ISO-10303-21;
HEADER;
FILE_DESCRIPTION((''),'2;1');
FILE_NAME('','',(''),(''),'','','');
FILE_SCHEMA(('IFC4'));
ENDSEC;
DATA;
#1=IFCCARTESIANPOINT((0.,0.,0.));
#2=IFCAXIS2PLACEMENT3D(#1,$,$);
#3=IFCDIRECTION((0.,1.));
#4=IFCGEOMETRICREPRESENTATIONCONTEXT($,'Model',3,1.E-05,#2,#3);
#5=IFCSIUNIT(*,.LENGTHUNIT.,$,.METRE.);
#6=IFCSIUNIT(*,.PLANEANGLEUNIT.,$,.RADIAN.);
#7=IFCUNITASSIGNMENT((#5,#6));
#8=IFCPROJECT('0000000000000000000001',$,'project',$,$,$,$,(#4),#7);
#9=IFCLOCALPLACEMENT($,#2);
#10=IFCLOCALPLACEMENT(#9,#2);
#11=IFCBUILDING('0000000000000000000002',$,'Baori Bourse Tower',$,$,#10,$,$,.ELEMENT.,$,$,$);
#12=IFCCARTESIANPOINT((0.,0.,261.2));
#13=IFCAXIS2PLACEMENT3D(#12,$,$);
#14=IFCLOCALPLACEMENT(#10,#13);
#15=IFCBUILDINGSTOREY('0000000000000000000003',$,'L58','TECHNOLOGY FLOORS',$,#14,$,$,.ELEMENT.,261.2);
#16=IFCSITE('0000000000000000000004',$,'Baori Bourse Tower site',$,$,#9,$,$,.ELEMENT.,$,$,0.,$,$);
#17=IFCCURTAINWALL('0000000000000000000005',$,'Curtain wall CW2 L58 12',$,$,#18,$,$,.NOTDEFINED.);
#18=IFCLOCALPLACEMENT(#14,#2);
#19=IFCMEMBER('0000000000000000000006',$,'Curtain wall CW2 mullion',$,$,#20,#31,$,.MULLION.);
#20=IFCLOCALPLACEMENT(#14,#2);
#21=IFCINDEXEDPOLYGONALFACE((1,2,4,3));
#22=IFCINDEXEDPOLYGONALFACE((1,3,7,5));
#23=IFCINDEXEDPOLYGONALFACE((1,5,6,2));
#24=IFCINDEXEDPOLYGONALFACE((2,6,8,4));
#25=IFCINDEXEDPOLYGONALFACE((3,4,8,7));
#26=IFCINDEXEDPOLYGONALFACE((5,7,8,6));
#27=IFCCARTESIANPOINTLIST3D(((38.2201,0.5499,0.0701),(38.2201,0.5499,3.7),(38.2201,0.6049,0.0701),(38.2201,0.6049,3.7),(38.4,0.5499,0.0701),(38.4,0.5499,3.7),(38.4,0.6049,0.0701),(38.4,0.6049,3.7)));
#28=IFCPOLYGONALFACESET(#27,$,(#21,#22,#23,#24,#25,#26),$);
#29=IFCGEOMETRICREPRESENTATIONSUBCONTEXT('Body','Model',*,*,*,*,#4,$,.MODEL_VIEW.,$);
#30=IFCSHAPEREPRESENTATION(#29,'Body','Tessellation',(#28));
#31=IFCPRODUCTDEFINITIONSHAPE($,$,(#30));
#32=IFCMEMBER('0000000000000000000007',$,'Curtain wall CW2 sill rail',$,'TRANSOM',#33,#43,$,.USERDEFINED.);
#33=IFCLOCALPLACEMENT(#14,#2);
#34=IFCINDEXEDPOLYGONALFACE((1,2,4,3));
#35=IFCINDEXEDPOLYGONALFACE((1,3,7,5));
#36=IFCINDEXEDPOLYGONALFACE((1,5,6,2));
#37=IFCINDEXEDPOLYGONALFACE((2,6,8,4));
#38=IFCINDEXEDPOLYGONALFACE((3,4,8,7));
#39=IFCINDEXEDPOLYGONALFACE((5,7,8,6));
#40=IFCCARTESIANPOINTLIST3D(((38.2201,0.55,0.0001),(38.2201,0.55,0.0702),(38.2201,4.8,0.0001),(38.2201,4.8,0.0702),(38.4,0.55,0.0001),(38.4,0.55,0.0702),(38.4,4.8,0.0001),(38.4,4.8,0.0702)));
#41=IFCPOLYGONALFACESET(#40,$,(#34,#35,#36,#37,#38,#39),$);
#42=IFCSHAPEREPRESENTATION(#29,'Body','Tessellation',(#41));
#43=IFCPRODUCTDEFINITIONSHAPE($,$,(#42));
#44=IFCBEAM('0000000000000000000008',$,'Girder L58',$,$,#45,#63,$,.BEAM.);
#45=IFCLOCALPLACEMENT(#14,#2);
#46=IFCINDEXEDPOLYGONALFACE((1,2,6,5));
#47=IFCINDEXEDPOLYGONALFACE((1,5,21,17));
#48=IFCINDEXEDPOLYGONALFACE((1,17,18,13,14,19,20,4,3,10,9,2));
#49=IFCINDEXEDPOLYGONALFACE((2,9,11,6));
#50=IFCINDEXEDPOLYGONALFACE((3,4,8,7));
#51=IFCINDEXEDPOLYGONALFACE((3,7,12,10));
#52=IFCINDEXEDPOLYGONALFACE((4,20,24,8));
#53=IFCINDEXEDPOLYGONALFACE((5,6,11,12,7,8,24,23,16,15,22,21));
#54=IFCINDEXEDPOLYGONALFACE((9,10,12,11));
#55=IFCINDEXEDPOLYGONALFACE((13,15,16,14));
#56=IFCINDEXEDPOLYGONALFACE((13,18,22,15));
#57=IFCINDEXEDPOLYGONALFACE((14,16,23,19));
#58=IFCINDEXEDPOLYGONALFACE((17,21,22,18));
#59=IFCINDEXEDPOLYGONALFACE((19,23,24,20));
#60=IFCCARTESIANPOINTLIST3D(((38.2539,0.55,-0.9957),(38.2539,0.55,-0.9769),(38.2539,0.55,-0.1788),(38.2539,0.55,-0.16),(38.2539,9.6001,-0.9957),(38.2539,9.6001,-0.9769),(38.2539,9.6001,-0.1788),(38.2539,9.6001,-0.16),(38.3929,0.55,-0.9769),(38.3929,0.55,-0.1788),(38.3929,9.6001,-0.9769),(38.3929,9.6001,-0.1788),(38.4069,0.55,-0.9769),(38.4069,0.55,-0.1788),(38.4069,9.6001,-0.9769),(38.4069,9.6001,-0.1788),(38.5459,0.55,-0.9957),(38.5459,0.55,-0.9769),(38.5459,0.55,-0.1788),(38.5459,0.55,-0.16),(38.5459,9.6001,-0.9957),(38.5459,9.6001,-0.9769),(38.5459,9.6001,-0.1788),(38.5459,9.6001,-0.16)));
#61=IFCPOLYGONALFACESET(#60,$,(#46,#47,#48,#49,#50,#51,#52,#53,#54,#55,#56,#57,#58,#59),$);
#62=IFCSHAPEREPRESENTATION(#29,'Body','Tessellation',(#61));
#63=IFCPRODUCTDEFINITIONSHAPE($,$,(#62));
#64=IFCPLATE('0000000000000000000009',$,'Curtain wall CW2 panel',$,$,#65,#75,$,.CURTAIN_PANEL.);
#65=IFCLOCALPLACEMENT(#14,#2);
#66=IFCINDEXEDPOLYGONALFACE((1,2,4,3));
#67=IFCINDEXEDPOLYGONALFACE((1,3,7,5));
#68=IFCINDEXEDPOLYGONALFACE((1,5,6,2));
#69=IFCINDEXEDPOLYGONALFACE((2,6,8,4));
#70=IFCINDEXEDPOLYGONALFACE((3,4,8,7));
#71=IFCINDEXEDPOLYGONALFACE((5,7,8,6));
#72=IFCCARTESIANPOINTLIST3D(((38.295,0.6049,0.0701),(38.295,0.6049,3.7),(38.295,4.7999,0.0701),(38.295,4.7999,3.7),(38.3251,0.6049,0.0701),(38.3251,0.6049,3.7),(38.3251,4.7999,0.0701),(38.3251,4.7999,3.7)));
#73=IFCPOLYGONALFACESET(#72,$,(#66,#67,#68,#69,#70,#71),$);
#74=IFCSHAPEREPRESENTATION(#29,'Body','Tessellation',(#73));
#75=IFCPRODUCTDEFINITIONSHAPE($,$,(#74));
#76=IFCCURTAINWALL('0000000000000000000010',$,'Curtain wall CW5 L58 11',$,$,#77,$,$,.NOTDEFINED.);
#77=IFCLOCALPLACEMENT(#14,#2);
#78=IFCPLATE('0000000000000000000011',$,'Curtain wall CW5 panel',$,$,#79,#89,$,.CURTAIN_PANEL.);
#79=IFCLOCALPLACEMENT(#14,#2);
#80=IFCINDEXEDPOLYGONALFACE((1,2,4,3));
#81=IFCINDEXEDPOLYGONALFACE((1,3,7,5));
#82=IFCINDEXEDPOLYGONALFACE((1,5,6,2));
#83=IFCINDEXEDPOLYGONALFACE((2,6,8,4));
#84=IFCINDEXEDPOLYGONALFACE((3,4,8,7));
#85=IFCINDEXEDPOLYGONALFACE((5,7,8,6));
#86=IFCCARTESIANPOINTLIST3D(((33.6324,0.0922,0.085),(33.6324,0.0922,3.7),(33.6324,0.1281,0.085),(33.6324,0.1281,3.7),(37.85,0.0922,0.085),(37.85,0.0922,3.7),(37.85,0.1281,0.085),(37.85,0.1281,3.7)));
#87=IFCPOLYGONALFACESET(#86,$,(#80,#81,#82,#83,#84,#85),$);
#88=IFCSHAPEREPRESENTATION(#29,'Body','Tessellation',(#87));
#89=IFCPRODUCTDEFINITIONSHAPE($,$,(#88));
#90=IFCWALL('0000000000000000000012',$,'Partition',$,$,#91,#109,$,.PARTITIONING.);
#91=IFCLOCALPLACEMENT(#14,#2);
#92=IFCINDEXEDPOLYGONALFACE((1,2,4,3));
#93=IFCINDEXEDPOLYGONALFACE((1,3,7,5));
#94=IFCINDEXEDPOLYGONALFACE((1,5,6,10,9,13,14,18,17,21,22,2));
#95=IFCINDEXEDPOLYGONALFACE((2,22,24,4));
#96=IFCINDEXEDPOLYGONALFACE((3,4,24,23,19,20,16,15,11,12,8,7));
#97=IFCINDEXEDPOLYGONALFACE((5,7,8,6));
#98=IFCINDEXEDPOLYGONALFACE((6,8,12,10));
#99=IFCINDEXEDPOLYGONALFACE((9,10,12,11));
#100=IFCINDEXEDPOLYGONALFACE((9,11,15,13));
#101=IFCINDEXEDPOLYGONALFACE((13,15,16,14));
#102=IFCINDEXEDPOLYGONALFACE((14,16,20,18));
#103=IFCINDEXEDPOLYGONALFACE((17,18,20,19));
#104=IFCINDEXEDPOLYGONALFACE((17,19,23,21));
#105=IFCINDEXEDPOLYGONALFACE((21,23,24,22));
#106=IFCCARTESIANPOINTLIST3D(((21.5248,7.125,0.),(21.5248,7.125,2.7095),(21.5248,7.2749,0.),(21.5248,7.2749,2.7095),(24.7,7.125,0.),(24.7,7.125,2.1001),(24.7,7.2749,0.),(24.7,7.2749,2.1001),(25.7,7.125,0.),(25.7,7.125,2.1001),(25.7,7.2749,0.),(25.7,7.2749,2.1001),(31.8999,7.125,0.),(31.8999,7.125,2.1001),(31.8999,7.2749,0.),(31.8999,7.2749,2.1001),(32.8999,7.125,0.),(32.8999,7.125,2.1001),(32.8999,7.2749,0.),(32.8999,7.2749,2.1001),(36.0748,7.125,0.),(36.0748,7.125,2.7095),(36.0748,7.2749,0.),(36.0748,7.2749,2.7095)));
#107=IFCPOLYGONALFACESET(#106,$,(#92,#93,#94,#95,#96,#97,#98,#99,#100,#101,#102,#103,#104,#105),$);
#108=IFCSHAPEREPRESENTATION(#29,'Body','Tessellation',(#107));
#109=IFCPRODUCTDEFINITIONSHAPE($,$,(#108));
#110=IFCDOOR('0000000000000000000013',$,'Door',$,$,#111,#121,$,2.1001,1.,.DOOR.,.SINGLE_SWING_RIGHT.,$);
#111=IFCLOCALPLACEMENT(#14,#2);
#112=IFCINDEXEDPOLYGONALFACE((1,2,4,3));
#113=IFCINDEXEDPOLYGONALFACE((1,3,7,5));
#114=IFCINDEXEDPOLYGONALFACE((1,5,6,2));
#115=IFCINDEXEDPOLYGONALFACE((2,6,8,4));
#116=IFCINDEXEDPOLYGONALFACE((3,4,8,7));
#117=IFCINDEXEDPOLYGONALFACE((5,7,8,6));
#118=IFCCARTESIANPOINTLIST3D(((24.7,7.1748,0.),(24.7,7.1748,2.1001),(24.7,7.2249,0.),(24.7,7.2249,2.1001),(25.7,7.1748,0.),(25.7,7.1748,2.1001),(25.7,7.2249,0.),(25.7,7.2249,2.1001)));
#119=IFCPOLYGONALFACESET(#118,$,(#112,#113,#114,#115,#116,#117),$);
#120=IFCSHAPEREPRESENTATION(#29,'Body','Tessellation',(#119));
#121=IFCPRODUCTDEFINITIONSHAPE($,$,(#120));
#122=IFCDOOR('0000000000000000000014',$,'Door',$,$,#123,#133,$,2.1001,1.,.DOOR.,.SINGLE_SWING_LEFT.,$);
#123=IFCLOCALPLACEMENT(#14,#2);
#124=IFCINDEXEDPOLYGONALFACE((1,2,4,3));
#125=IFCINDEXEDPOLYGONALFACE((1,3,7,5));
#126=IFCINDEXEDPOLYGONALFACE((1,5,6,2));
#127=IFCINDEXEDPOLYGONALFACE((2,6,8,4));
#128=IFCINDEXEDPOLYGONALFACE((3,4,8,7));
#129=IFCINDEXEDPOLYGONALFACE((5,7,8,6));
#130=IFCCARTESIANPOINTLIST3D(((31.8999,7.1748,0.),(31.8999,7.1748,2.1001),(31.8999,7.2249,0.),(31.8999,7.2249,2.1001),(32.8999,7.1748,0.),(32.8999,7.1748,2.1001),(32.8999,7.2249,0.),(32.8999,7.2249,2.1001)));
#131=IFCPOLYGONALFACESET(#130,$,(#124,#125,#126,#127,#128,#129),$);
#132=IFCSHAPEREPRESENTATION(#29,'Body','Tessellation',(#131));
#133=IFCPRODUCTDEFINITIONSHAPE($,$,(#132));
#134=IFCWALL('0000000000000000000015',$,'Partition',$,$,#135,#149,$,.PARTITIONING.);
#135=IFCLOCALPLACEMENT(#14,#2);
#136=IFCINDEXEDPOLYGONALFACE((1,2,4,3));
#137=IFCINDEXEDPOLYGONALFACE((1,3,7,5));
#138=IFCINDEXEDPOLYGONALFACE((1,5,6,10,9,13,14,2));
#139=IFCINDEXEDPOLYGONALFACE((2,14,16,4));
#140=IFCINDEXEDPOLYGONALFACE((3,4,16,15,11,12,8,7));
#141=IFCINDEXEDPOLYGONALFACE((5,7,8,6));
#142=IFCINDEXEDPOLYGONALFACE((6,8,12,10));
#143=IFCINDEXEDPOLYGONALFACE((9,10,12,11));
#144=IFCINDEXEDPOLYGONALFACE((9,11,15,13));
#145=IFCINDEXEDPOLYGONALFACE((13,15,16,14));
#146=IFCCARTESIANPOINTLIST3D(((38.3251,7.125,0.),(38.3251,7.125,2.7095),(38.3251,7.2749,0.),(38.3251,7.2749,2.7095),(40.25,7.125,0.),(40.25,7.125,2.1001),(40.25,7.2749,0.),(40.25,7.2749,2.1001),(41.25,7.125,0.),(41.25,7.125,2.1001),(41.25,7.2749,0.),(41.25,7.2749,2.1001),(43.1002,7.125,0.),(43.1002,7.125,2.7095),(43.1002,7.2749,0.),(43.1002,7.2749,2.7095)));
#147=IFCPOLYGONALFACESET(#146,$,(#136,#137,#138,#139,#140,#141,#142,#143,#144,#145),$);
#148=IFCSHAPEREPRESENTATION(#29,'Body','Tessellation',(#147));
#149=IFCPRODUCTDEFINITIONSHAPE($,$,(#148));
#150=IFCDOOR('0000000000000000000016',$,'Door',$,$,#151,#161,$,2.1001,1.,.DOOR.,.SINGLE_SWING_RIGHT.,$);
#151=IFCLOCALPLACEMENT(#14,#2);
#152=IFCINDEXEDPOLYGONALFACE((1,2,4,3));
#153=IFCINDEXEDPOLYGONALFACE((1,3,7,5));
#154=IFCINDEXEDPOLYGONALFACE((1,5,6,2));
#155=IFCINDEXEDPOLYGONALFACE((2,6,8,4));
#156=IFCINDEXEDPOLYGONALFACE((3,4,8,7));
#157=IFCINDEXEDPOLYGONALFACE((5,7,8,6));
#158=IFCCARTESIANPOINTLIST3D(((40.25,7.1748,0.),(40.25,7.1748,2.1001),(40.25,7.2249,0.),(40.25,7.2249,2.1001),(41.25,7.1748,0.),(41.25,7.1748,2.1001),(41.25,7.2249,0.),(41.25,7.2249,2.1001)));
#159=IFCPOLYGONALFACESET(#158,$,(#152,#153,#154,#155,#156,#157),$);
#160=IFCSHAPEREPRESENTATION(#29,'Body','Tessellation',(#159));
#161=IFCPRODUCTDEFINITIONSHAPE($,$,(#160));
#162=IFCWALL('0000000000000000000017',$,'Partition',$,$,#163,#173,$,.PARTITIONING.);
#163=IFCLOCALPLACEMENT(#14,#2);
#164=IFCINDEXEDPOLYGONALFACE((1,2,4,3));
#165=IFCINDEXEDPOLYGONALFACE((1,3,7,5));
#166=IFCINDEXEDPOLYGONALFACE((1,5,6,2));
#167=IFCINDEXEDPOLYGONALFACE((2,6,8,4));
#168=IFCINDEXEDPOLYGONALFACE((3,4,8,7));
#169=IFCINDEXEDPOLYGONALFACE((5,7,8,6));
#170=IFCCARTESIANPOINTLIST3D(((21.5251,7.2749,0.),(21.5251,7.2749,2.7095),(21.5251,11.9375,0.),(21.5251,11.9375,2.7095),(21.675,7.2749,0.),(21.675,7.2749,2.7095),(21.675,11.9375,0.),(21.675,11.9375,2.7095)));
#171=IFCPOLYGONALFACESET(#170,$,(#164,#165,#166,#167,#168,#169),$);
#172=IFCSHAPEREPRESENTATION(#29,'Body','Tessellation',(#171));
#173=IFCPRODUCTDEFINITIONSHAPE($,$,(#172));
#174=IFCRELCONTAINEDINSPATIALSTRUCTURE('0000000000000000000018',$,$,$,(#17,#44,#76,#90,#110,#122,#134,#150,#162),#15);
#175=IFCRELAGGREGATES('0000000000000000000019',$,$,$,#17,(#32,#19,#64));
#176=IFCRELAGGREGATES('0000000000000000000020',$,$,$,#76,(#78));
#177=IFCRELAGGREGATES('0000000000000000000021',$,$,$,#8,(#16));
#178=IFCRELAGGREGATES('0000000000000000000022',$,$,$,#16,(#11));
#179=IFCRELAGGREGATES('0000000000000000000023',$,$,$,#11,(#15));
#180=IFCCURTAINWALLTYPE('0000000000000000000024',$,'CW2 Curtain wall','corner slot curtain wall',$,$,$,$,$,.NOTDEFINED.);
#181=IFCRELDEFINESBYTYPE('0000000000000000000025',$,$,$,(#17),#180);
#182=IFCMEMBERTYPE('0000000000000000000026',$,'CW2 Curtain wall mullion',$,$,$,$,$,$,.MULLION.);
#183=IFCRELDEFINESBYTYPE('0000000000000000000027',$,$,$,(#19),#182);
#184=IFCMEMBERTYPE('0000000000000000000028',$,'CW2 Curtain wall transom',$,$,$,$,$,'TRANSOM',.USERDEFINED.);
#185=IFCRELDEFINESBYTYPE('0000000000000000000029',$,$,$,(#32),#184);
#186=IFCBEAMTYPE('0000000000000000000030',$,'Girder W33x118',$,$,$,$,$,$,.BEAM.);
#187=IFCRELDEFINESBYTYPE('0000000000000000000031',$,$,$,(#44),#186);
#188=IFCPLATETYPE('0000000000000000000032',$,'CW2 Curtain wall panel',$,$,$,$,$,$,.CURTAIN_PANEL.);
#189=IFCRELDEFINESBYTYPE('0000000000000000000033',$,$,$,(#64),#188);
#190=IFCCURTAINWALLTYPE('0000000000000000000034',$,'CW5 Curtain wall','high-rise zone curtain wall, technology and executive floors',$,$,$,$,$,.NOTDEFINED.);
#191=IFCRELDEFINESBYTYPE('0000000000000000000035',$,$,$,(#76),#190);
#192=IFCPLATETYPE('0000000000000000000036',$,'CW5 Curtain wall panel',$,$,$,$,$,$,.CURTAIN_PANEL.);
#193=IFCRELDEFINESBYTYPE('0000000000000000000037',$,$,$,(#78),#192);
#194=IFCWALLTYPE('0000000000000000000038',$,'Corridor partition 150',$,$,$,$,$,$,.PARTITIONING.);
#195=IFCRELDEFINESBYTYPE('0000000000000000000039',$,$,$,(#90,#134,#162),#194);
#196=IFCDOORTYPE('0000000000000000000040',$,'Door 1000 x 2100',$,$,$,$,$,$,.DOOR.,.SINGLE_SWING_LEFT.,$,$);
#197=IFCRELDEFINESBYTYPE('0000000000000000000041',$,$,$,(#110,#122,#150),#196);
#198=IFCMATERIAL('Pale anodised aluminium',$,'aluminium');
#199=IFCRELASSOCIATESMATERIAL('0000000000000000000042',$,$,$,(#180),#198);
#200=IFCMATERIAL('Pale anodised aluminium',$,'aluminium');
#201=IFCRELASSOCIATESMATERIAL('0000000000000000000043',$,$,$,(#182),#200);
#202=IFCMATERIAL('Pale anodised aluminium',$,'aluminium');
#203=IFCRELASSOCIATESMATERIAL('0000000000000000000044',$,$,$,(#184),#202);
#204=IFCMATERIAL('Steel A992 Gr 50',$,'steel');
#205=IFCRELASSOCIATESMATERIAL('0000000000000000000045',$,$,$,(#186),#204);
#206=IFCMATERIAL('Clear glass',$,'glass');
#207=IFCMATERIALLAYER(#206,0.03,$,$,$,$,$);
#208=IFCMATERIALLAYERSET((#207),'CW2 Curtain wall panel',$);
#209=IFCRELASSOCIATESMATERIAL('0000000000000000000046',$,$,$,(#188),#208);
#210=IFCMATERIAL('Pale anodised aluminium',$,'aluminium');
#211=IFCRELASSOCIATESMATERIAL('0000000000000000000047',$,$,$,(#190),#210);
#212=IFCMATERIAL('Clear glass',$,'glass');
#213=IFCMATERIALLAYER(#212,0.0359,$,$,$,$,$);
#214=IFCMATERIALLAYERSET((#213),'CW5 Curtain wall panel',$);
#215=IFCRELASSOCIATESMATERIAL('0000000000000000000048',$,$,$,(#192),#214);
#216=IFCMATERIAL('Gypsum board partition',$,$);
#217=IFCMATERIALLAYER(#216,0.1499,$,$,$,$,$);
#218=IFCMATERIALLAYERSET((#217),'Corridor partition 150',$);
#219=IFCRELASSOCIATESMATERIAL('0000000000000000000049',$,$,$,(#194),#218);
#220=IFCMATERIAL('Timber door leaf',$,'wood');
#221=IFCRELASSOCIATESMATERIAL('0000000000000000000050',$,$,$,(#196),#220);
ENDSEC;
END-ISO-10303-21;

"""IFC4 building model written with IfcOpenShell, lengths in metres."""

from ifc_helpers import new_model, si_unit, direction, frame, frame_2d, origin, origin_2d, place, context, subcontext, project, spatial, rectangle, i_section, extrude, material, layer, layer_set, material_profile, profile_set, type_object, element, fill, aggregate, save


model = new_model("IFC4")

# Units and contexts
model_context = context("Model", 3, precision=1e-05, world=origin(), true_north=direction((0.0, 1.0)))
body_context = subcontext(model_context, "Body", "Model", "MODEL_VIEW")
ifc_project = project(units=[si_unit("LENGTHUNIT", "METRE"), si_unit("PLANEANGLEUNIT", "RADIAN")], contexts=[model_context])

# Site, building, storey
site_placement = place(None, origin())
site = spatial("IfcSite", under=ifc_project, at=site_placement, Name="Baori Bourse Tower site", CompositionType="ELEMENT", RefElevation=0.0)
building_placement = place(site_placement, origin())
building = spatial("IfcBuilding", under=site, at=building_placement, Name="Baori Bourse Tower", CompositionType="ELEMENT")
storey_placement = place(building_placement, frame((0.0, 0.0, 261.2)))
storey = spatial("IfcBuildingStorey", under=building, at=storey_placement, Name="L58", Description="TECHNOLOGY FLOORS", CompositionType="ELEMENT", Elevation=261.2)

# Curtain wall, members
ifc_material_1 = material(Name="Pale anodised aluminium", Category="aluminium")
curtain_wall_type_1 = type_object("IfcCurtainWallType", Name="CW2 Curtain wall", Description="corner slot curtain wall", PredefinedType="NOTDEFINED", material=ifc_material_1)
curtain_wall_1_placement = place(storey_placement, origin())
curtain_wall_1 = element("IfcCurtainWall", 1, at=curtain_wall_1_placement, inside=storey, type_object=curtain_wall_type_1, Name="Curtain wall CW2 L58 12", PredefinedType="NOTDEFINED")
ifc_material_2 = material(Name="Pale anodised aluminium", Category="aluminium")
ifc_material_profile_1 = material_profile(ifc_material_2, rectangle(XDim=0.1799, YDim=0.0549, at=origin_2d()), Name="Mullion 55x180")
ifc_profile_set_1 = profile_set([ifc_material_profile_1], Name="Pale anodised aluminium")
member_type_1 = type_object("IfcMemberType", Name="CW2 Curtain wall mullion", PredefinedType="MULLION", material=ifc_profile_set_1)
member_1_placement = place(storey_placement, frame((38.3101, 0.5774, 0.0701), z_axis=(0.0, 0.0, 1.0), x_axis=(-1.0, 0.0, 0.0)))
member_1 = element("IfcMember", 2, at=member_1_placement, type_object=member_type_1, Name="Curtain wall CW2 mullion", PredefinedType="MULLION", context=body_context, shape_type="SweptSolid", body=[
    extrude(rectangle(XDim=0.1799, YDim=0.0549, at=origin_2d()), origin(), (0.0, 0.0, 1.0), 3.6299),
])
ifc_material_3 = material(Name="Pale anodised aluminium", Category="aluminium")
ifc_material_profile_2 = material_profile(ifc_material_3, rectangle(XDim=0.1799, YDim=0.0701, at=origin_2d()), Name="Transom 70x180")
ifc_profile_set_2 = profile_set([ifc_material_profile_2], Name="Pale anodised aluminium")
member_type_2 = type_object("IfcMemberType", Name="CW2 Curtain wall transom", ElementType="TRANSOM", PredefinedType="USERDEFINED", material=ifc_profile_set_2)
member_2_placement = place(storey_placement, frame((38.3101, 0.55, 0.0352), z_axis=(0.0, 1.0, 0.0), x_axis=(-1.0, 0.0, 0.0)))
member_2 = element("IfcMember", 3, at=member_2_placement, type_object=member_type_2, Name="Curtain wall CW2 sill rail", ObjectType="TRANSOM", PredefinedType="USERDEFINED", context=body_context, shape_type="SweptSolid", body=[
    extrude(rectangle(XDim=0.1799, YDim=0.0701, at=origin_2d()), origin(), (0.0, 0.0, 1.0), 4.25),
])

# Beam
ifc_material_4 = material(Name="Steel A992 Gr 50", Category="steel")
ifc_material_profile_3 = material_profile(ifc_material_4, i_section(OverallWidth=0.292, OverallDepth=0.8357, WebThickness=0.0139, FlangeThickness=0.0188, at=origin_2d()), Name="W33x118")
ifc_profile_set_3 = profile_set([ifc_material_profile_3], Name="Steel A992 Gr 50")
beam_type = type_object("IfcBeamType", Name="Girder W33x118", PredefinedType="BEAM", material=ifc_profile_set_3)
beam_placement = place(storey_placement, frame((38.3999, 0.55, -0.5779), z_axis=(0.0, 1.0, 0.0), x_axis=(-1.0, 0.0, 0.0)))
element("IfcBeam", 4, at=beam_placement, inside=storey, type_object=beam_type, Name="Girder L58", PredefinedType="BEAM", context=body_context, shape_type="SweptSolid", body=[
    extrude(i_section(OverallWidth=0.292, OverallDepth=0.8357, WebThickness=0.0139, FlangeThickness=0.0188, at=origin_2d()), origin(), (0.0, 0.0, 1.0), 9.05),
])

# Plate
ifc_material_5 = material(Name="Clear glass", Category="glass")
ifc_layer_1 = layer(ifc_material_5, 0.03)
ifc_layer_set_1 = layer_set([ifc_layer_1], Name="CW2 Curtain wall panel")
plate_type_1 = type_object("IfcPlateType", Name="CW2 Curtain wall panel", PredefinedType="CURTAIN_PANEL", material=ifc_layer_set_1)
plate_1_placement = place(storey_placement, frame((38.3101, 2.7024, 0.0701), z_axis=(0.0, 0.0, 1.0), x_axis=(0.0, 1.0, 0.0)))
plate_1 = element("IfcPlate", 5, at=plate_1_placement, type_object=plate_type_1, Name="Curtain wall CW2 panel", PredefinedType="CURTAIN_PANEL", context=body_context, shape_type="SweptSolid", body=[
    extrude(rectangle(XDim=4.1951, YDim=0.03, at=origin_2d()), origin(), (0.0, 0.0, 1.0), 3.6299),
])
aggregate(curtain_wall_1, [member_2, member_1, plate_1])

# Curtain wall, plate
ifc_material_6 = material(Name="Pale anodised aluminium", Category="aluminium")
curtain_wall_type_2 = type_object("IfcCurtainWallType", Name="CW5 Curtain wall", Description="high-rise zone curtain wall, technology and executive floors", PredefinedType="NOTDEFINED", material=ifc_material_6)
curtain_wall_2_placement = place(storey_placement, origin())
curtain_wall_2 = element("IfcCurtainWall", 6, at=curtain_wall_2_placement, inside=storey, type_object=curtain_wall_type_2, Name="Curtain wall CW5 L58 11", PredefinedType="NOTDEFINED")
ifc_material_7 = material(Name="Clear glass", Category="glass")
ifc_layer_2 = layer(ifc_material_7, 0.0359)
ifc_layer_set_2 = layer_set([ifc_layer_2], Name="CW5 Curtain wall panel")
plate_type_2 = type_object("IfcPlateType", Name="CW5 Curtain wall panel", PredefinedType="CURTAIN_PANEL", material=ifc_layer_set_2)
plate_2_placement = place(storey_placement, frame((35.7412, 0.1101, 0.085), z_axis=(0.0, 0.0, 1.0), x_axis=(1.0, 0.0, 0.0)))
plate_2 = element("IfcPlate", 7, at=plate_2_placement, type_object=plate_type_2, Name="Curtain wall CW5 panel", PredefinedType="CURTAIN_PANEL", context=body_context, shape_type="SweptSolid", body=[
    extrude(rectangle(XDim=4.2175, YDim=0.0359, at=origin_2d()), origin(), (0.0, 0.0, 1.0), 3.615),
])
aggregate(curtain_wall_2, [plate_2])

# Wall, openings, doors
ifc_material_8 = material(Name="Gypsum board partition")
ifc_layer_3 = layer(ifc_material_8, 0.1499)
ifc_layer_set_3 = layer_set([ifc_layer_3], Name="Corridor partition 150")
wall_type_1 = type_object("IfcWallType", Name="Corridor partition 150", PredefinedType="PARTITIONING", material=ifc_layer_set_3)
wall_1_placement = place(storey_placement, frame((21.5249, 7.2, 0.0), z_axis=(0.0, 0.0, 1.0), x_axis=(1.0, 0.0, 0.0)))
wall_1 = element("IfcWall", 8, at=wall_1_placement, inside=storey, type_object=wall_type_1, Name="Partition", PredefinedType="PARTITIONING", context=body_context, shape_type="SweptSolid", body=[
    extrude(rectangle(XDim=14.55, YDim=0.1499, at=frame_2d((7.2749, 0.0))), origin(), (0.0, 0.0, 1.0), 2.7095),
])
opening_1_placement = place(wall_1_placement, frame((3.175, 0.0, 0.0)))
opening_1 = element("IfcOpeningElement", 9, at=opening_1_placement, cuts=wall_1, PredefinedType="OPENING", context=body_context, shape_type="SweptSolid", body=[
    extrude(rectangle(XDim=1.0, YDim=2.1001, at=frame_2d((0.5, 1.05))), frame((0.0, 0.085, 0.0), z_axis=(0.0, -1.0, 0.0), x_axis=(1.0, 0.0, 0.0)), (0.0, 0.0, 1.0), 0.1699),
])
opening_2_placement = place(wall_1_placement, frame((10.375, 0.0, 0.0)))
opening_2 = element("IfcOpeningElement", 10, at=opening_2_placement, cuts=wall_1, PredefinedType="OPENING", context=body_context, shape_type="SweptSolid", body=[
    extrude(rectangle(XDim=1.0, YDim=2.1001, at=frame_2d((0.5, 1.05))), frame((0.0, 0.085, 0.0), z_axis=(0.0, -1.0, 0.0), x_axis=(1.0, 0.0, 0.0)), (0.0, 0.0, 1.0), 0.1699),
])
ifc_material_9 = material(Name="Timber door leaf", Category="wood")
door_type = type_object("IfcDoorType", Name="Door 1000 x 2100", OperationType="SINGLE_SWING_LEFT", PredefinedType="DOOR", material=ifc_material_9)
door_1_placement = place(opening_1_placement, origin())
door_1 = element("IfcDoor", 11, at=door_1_placement, inside=storey, type_object=door_type, Name="Door", OperationType="SINGLE_SWING_RIGHT", OverallHeight=2.1001, OverallWidth=1.0, PredefinedType="DOOR", context=body_context, shape_type="SweptSolid", body=[
    extrude(rectangle(XDim=1.0, YDim=2.1001, at=frame_2d((0.5, 1.05))), frame((0.0, 0.0249, 0.0), z_axis=(0.0, -1.0, 0.0), x_axis=(1.0, 0.0, 0.0)), (0.0, 0.0, 1.0), 0.05),
])
fill(opening_1, door_1)
door_2_placement = place(opening_2_placement, origin())
door_2 = element("IfcDoor", 12, at=door_2_placement, inside=storey, type_object=door_type, Name="Door", OperationType="SINGLE_SWING_LEFT", OverallHeight=2.1001, OverallWidth=1.0, PredefinedType="DOOR", context=body_context, shape_type="SweptSolid", body=[
    extrude(rectangle(XDim=1.0, YDim=2.1001, at=frame_2d((0.5, 1.05))), frame((0.0, 0.0249, 0.0), z_axis=(0.0, -1.0, 0.0), x_axis=(1.0, 0.0, 0.0)), (0.0, 0.0, 1.0), 0.05),
])
fill(opening_2, door_2)

# Wall, opening, door
wall_2_placement = place(storey_placement, frame((38.325, 7.2, 0.0), z_axis=(0.0, 0.0, 1.0), x_axis=(1.0, 0.0, 0.0)))
wall_2 = element("IfcWall", 13, at=wall_2_placement, inside=storey, type_object=wall_type_1, Name="Partition", PredefinedType="PARTITIONING", context=body_context, shape_type="SweptSolid", body=[
    extrude(rectangle(XDim=4.7751, YDim=0.1499, at=frame_2d((2.3877, 0.0))), origin(), (0.0, 0.0, 1.0), 2.7095),
])
opening_3_placement = place(wall_2_placement, frame((1.925, 0.0, 0.0)))
opening_3 = element("IfcOpeningElement", 14, at=opening_3_placement, cuts=wall_2, PredefinedType="OPENING", context=body_context, shape_type="SweptSolid", body=[
    extrude(rectangle(XDim=1.0, YDim=2.1001, at=frame_2d((0.5, 1.05))), frame((0.0, 0.085, 0.0), z_axis=(0.0, -1.0, 0.0), x_axis=(1.0, 0.0, 0.0)), (0.0, 0.0, 1.0), 0.1699),
])
door_3_placement = place(opening_3_placement, origin())
door_3 = element("IfcDoor", 15, at=door_3_placement, inside=storey, type_object=door_type, Name="Door", OperationType="SINGLE_SWING_RIGHT", OverallHeight=2.1001, OverallWidth=1.0, PredefinedType="DOOR", context=body_context, shape_type="SweptSolid", body=[
    extrude(rectangle(XDim=1.0, YDim=2.1001, at=frame_2d((0.5, 1.05))), frame((0.0, 0.0249, 0.0), z_axis=(0.0, -1.0, 0.0), x_axis=(1.0, 0.0, 0.0)), (0.0, 0.0, 1.0), 0.05),
])
fill(opening_3, door_3)

# Wall
wall_3_placement = place(storey_placement, frame((21.6001, 7.2749, 0.0), z_axis=(0.0, 0.0, 1.0), x_axis=(0.0, 1.0, 0.0)))
element("IfcWall", 16, at=wall_3_placement, inside=storey, type_object=wall_type_1, Name="Partition", PredefinedType="PARTITIONING", context=body_context, shape_type="SweptSolid", body=[
    extrude(rectangle(XDim=4.6626, YDim=0.1499, at=frame_2d((2.3313, 0.0))), origin(), (0.0, 0.0, 1.0), 2.7095),
])

save(model, "model.ifc")
